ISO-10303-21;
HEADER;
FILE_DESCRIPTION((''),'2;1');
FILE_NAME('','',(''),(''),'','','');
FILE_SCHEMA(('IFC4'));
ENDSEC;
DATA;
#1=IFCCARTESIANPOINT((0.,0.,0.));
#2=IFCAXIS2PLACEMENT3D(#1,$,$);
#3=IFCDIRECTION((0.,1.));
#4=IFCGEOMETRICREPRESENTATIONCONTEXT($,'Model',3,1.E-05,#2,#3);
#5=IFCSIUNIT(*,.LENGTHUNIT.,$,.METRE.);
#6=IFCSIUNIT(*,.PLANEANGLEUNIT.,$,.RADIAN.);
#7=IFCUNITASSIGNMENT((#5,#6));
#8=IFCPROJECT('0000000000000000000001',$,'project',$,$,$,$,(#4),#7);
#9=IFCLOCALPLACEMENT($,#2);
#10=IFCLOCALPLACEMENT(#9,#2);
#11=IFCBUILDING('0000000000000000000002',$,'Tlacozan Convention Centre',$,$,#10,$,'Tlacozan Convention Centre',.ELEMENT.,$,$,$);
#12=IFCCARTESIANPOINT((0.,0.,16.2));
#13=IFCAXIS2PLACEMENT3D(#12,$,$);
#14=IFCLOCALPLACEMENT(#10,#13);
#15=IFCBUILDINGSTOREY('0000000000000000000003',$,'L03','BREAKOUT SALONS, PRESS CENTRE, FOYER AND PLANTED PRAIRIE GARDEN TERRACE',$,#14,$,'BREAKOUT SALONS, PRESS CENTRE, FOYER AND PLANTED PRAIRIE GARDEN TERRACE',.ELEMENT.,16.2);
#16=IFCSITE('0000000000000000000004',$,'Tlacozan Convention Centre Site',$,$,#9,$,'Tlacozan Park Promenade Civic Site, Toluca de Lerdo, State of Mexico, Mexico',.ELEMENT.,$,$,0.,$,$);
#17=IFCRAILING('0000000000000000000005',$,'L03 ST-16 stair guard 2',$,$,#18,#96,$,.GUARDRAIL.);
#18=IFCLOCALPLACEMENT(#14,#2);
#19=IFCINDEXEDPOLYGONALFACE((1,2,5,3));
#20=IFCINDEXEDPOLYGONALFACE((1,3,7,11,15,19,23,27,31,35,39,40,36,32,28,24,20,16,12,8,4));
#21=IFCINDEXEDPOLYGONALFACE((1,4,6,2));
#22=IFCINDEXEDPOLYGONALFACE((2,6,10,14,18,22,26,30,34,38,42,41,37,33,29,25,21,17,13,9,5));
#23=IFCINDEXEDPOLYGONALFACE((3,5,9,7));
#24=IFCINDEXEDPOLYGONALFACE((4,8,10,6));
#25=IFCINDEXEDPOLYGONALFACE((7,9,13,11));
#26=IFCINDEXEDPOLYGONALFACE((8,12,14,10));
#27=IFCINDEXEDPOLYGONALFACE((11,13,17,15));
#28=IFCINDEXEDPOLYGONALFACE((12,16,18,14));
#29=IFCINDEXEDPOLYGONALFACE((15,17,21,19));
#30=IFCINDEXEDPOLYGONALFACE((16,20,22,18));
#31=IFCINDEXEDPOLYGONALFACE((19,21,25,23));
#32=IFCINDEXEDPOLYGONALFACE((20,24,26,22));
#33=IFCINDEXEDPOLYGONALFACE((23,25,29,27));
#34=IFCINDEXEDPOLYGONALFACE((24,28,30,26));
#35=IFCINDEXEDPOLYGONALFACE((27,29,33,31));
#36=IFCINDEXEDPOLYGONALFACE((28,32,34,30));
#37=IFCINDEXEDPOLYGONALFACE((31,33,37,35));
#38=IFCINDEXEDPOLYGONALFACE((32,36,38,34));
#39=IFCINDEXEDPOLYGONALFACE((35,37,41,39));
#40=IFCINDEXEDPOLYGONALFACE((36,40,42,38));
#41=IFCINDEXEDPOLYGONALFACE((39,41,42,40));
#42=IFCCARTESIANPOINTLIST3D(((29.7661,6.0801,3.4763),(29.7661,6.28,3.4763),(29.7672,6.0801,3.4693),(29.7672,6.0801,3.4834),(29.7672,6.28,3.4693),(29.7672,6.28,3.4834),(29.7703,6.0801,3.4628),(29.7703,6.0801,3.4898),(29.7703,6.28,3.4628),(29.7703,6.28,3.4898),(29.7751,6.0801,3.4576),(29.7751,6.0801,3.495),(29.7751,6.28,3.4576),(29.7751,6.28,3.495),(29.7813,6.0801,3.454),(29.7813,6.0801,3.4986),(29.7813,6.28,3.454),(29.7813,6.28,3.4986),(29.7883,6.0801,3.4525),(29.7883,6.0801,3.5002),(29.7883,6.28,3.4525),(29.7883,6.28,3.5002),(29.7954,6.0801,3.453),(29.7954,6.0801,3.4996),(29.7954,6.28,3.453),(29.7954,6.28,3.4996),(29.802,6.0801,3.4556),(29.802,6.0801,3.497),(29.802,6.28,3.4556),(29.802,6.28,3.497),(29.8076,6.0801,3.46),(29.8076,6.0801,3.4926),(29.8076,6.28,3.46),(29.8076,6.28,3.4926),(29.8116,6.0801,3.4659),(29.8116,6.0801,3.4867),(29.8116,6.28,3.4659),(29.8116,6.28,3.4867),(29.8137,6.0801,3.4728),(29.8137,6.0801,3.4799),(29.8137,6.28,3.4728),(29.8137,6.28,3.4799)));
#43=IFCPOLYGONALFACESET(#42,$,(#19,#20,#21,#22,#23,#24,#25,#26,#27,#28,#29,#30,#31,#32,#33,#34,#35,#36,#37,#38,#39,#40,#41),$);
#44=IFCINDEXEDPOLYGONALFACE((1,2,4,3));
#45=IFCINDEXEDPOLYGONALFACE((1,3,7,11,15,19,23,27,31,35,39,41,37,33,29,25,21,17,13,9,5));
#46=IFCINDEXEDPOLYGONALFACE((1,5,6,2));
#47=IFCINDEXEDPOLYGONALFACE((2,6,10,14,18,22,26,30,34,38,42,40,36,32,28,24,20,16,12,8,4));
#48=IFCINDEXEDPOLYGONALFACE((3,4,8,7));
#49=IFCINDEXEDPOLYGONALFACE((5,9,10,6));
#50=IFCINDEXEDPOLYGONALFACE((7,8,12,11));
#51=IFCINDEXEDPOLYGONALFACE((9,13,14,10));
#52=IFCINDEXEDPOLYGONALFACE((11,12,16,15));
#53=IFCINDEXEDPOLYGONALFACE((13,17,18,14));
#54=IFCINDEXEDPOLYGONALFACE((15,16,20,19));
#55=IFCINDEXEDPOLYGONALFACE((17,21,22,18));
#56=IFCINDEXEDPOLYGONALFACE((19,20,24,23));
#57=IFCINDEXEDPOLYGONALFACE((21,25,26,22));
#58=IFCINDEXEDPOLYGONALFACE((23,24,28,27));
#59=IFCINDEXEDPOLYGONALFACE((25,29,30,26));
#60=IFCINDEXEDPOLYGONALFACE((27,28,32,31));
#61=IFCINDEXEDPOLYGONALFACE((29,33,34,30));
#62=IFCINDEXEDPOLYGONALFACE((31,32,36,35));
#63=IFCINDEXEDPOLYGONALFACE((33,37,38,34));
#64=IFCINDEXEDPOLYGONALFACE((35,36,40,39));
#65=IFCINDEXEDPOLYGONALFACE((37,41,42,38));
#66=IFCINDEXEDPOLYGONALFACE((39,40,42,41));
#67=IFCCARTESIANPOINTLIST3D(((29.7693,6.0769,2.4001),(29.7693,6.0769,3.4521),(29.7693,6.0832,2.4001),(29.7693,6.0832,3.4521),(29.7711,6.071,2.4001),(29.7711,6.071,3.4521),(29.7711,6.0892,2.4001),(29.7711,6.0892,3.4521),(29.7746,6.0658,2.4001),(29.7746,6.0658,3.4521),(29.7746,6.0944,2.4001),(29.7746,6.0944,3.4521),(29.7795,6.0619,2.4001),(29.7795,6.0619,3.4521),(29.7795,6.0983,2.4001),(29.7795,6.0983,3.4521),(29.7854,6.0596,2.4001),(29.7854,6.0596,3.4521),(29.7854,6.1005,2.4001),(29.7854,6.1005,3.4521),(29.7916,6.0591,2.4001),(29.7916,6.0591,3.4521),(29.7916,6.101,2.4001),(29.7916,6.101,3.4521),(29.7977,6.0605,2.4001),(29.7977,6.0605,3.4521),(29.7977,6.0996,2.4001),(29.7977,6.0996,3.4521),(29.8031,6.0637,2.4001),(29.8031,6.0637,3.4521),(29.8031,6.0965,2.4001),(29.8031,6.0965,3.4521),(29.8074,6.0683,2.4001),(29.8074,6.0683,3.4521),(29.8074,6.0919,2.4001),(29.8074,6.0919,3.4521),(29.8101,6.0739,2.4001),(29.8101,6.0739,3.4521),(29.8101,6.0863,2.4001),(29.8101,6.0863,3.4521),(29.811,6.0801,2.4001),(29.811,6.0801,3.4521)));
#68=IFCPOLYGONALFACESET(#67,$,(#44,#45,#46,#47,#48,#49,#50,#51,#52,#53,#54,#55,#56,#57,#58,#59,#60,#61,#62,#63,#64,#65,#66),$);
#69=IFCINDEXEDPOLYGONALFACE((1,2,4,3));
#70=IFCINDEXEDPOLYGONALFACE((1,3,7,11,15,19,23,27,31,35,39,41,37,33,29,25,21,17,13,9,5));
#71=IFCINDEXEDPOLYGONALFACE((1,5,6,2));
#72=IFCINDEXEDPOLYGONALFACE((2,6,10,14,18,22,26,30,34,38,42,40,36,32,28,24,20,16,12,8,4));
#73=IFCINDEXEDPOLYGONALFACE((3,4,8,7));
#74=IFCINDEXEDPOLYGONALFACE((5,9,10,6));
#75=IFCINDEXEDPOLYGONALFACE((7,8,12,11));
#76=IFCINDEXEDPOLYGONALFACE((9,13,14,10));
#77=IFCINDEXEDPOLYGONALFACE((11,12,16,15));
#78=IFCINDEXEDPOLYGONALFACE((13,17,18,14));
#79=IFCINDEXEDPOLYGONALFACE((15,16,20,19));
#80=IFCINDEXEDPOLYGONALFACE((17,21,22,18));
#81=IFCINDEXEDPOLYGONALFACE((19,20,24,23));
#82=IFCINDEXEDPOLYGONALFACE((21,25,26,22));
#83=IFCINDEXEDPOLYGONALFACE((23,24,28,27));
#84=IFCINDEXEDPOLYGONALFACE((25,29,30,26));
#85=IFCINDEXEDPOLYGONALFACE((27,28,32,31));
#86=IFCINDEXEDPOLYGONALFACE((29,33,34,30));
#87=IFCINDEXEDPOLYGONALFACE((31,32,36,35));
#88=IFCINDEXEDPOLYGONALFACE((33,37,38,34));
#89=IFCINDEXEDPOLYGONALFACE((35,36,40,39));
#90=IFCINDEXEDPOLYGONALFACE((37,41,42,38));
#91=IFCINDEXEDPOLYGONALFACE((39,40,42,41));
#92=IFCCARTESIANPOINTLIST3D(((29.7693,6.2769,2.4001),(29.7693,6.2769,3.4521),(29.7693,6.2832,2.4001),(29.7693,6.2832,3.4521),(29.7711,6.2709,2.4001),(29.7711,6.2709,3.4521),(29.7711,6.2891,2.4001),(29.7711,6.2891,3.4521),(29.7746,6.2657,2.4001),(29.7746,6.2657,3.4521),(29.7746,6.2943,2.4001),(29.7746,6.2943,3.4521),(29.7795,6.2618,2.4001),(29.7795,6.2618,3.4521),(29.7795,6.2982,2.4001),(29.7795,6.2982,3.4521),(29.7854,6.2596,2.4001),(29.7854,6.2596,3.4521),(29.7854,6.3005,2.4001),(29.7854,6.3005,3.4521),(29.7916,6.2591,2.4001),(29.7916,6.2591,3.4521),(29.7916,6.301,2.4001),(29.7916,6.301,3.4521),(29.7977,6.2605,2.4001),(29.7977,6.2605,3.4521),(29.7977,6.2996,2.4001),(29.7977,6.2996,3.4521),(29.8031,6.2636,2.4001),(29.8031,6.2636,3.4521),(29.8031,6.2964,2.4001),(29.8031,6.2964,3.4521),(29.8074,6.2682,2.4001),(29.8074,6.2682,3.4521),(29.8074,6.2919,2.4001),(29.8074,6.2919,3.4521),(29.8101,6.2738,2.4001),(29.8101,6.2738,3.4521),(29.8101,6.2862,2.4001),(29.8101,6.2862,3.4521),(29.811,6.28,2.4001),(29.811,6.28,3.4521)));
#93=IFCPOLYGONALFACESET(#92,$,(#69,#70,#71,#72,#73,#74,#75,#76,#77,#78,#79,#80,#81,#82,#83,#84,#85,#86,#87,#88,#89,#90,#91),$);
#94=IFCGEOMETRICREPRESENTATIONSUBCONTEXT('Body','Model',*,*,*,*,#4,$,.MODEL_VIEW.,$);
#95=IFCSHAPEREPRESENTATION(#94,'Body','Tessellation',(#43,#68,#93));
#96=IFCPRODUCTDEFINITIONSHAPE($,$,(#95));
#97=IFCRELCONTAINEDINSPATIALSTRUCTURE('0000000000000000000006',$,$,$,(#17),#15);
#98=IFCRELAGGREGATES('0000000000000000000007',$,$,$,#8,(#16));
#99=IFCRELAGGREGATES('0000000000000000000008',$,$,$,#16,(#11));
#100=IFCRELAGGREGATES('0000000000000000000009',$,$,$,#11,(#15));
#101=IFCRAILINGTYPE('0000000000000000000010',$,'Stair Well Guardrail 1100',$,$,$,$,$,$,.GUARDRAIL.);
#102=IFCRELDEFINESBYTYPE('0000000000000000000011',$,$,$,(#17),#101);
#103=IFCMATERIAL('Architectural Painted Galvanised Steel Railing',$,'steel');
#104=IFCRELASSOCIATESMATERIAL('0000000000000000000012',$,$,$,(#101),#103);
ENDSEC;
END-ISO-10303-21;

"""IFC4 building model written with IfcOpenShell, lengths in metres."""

from ifc_helpers import new_model, si_unit, direction, frame, origin, origin_2d, place, context, subcontext, project, spatial, circle, extrude, material, type_object, element, save


model = new_model("IFC4")

# Units and contexts
model_context = context("Model", 3, precision=1e-05, world=origin(), true_north=direction((0.0, 1.0)))
body_context = subcontext(model_context, "Body", "Model", "MODEL_VIEW")
ifc_project = project(units=[si_unit("LENGTHUNIT", "METRE"), si_unit("PLANEANGLEUNIT", "RADIAN")], contexts=[model_context])

# Site, building, storey
site_placement = place(None, origin())
site = spatial("IfcSite", under=ifc_project, at=site_placement, Name="Tlacozan Convention Centre Site", LongName="Tlacozan Park Promenade Civic Site, Toluca de Lerdo, State of Mexico, Mexico", CompositionType="ELEMENT", RefElevation=0.0)
building_placement = place(site_placement, origin())
building = spatial("IfcBuilding", under=site, at=building_placement, Name="Tlacozan Convention Centre", LongName="Tlacozan Convention Centre", CompositionType="ELEMENT")
storey_placement = place(building_placement, frame((0.0, 0.0, 16.2)))
storey = spatial("IfcBuildingStorey", under=building, at=storey_placement, Name="L03", Description="BREAKOUT SALONS, PRESS CENTRE, FOYER AND PLANTED PRAIRIE GARDEN TERRACE", LongName="BREAKOUT SALONS, PRESS CENTRE, FOYER AND PLANTED PRAIRIE GARDEN TERRACE", CompositionType="ELEMENT", Elevation=16.2)

# Railing
ifc_material_1 = material(Name="Architectural Painted Galvanised Steel Railing", Category="steel")
railing_type_1 = type_object("IfcRailingType", Name="Stair Well Guardrail 1100", PredefinedType="GUARDRAIL", material=ifc_material_1)
railing_1_placement = place(storey_placement, frame((29.79, 6.0801, 2.4001)))
element("IfcRailing", 1, at=railing_1_placement, inside=storey, type_object=railing_type_1, Name="L03 ST-16 stair guard 2", PredefinedType="GUARDRAIL", context=body_context, shape_type="SweptSolid", body=[
    extrude(circle(Radius=0.0239, at=origin_2d()), frame((0.0, 0.0, 1.0762), z_axis=(0.0, 1.0, 0.0), x_axis=(-1.0, 0.0, 0.0)), (0.0, 0.0, 1.0), 0.2),
    extrude(circle(Radius=0.021, at=origin_2d()), origin(), (0.0, 0.0, 1.0), 1.052),
    extrude(circle(Radius=0.021, at=origin_2d()), frame((0.0, 0.2, 0.0)), (0.0, 0.0, 1.0), 1.052),
])

save(model, "model.ifc")
